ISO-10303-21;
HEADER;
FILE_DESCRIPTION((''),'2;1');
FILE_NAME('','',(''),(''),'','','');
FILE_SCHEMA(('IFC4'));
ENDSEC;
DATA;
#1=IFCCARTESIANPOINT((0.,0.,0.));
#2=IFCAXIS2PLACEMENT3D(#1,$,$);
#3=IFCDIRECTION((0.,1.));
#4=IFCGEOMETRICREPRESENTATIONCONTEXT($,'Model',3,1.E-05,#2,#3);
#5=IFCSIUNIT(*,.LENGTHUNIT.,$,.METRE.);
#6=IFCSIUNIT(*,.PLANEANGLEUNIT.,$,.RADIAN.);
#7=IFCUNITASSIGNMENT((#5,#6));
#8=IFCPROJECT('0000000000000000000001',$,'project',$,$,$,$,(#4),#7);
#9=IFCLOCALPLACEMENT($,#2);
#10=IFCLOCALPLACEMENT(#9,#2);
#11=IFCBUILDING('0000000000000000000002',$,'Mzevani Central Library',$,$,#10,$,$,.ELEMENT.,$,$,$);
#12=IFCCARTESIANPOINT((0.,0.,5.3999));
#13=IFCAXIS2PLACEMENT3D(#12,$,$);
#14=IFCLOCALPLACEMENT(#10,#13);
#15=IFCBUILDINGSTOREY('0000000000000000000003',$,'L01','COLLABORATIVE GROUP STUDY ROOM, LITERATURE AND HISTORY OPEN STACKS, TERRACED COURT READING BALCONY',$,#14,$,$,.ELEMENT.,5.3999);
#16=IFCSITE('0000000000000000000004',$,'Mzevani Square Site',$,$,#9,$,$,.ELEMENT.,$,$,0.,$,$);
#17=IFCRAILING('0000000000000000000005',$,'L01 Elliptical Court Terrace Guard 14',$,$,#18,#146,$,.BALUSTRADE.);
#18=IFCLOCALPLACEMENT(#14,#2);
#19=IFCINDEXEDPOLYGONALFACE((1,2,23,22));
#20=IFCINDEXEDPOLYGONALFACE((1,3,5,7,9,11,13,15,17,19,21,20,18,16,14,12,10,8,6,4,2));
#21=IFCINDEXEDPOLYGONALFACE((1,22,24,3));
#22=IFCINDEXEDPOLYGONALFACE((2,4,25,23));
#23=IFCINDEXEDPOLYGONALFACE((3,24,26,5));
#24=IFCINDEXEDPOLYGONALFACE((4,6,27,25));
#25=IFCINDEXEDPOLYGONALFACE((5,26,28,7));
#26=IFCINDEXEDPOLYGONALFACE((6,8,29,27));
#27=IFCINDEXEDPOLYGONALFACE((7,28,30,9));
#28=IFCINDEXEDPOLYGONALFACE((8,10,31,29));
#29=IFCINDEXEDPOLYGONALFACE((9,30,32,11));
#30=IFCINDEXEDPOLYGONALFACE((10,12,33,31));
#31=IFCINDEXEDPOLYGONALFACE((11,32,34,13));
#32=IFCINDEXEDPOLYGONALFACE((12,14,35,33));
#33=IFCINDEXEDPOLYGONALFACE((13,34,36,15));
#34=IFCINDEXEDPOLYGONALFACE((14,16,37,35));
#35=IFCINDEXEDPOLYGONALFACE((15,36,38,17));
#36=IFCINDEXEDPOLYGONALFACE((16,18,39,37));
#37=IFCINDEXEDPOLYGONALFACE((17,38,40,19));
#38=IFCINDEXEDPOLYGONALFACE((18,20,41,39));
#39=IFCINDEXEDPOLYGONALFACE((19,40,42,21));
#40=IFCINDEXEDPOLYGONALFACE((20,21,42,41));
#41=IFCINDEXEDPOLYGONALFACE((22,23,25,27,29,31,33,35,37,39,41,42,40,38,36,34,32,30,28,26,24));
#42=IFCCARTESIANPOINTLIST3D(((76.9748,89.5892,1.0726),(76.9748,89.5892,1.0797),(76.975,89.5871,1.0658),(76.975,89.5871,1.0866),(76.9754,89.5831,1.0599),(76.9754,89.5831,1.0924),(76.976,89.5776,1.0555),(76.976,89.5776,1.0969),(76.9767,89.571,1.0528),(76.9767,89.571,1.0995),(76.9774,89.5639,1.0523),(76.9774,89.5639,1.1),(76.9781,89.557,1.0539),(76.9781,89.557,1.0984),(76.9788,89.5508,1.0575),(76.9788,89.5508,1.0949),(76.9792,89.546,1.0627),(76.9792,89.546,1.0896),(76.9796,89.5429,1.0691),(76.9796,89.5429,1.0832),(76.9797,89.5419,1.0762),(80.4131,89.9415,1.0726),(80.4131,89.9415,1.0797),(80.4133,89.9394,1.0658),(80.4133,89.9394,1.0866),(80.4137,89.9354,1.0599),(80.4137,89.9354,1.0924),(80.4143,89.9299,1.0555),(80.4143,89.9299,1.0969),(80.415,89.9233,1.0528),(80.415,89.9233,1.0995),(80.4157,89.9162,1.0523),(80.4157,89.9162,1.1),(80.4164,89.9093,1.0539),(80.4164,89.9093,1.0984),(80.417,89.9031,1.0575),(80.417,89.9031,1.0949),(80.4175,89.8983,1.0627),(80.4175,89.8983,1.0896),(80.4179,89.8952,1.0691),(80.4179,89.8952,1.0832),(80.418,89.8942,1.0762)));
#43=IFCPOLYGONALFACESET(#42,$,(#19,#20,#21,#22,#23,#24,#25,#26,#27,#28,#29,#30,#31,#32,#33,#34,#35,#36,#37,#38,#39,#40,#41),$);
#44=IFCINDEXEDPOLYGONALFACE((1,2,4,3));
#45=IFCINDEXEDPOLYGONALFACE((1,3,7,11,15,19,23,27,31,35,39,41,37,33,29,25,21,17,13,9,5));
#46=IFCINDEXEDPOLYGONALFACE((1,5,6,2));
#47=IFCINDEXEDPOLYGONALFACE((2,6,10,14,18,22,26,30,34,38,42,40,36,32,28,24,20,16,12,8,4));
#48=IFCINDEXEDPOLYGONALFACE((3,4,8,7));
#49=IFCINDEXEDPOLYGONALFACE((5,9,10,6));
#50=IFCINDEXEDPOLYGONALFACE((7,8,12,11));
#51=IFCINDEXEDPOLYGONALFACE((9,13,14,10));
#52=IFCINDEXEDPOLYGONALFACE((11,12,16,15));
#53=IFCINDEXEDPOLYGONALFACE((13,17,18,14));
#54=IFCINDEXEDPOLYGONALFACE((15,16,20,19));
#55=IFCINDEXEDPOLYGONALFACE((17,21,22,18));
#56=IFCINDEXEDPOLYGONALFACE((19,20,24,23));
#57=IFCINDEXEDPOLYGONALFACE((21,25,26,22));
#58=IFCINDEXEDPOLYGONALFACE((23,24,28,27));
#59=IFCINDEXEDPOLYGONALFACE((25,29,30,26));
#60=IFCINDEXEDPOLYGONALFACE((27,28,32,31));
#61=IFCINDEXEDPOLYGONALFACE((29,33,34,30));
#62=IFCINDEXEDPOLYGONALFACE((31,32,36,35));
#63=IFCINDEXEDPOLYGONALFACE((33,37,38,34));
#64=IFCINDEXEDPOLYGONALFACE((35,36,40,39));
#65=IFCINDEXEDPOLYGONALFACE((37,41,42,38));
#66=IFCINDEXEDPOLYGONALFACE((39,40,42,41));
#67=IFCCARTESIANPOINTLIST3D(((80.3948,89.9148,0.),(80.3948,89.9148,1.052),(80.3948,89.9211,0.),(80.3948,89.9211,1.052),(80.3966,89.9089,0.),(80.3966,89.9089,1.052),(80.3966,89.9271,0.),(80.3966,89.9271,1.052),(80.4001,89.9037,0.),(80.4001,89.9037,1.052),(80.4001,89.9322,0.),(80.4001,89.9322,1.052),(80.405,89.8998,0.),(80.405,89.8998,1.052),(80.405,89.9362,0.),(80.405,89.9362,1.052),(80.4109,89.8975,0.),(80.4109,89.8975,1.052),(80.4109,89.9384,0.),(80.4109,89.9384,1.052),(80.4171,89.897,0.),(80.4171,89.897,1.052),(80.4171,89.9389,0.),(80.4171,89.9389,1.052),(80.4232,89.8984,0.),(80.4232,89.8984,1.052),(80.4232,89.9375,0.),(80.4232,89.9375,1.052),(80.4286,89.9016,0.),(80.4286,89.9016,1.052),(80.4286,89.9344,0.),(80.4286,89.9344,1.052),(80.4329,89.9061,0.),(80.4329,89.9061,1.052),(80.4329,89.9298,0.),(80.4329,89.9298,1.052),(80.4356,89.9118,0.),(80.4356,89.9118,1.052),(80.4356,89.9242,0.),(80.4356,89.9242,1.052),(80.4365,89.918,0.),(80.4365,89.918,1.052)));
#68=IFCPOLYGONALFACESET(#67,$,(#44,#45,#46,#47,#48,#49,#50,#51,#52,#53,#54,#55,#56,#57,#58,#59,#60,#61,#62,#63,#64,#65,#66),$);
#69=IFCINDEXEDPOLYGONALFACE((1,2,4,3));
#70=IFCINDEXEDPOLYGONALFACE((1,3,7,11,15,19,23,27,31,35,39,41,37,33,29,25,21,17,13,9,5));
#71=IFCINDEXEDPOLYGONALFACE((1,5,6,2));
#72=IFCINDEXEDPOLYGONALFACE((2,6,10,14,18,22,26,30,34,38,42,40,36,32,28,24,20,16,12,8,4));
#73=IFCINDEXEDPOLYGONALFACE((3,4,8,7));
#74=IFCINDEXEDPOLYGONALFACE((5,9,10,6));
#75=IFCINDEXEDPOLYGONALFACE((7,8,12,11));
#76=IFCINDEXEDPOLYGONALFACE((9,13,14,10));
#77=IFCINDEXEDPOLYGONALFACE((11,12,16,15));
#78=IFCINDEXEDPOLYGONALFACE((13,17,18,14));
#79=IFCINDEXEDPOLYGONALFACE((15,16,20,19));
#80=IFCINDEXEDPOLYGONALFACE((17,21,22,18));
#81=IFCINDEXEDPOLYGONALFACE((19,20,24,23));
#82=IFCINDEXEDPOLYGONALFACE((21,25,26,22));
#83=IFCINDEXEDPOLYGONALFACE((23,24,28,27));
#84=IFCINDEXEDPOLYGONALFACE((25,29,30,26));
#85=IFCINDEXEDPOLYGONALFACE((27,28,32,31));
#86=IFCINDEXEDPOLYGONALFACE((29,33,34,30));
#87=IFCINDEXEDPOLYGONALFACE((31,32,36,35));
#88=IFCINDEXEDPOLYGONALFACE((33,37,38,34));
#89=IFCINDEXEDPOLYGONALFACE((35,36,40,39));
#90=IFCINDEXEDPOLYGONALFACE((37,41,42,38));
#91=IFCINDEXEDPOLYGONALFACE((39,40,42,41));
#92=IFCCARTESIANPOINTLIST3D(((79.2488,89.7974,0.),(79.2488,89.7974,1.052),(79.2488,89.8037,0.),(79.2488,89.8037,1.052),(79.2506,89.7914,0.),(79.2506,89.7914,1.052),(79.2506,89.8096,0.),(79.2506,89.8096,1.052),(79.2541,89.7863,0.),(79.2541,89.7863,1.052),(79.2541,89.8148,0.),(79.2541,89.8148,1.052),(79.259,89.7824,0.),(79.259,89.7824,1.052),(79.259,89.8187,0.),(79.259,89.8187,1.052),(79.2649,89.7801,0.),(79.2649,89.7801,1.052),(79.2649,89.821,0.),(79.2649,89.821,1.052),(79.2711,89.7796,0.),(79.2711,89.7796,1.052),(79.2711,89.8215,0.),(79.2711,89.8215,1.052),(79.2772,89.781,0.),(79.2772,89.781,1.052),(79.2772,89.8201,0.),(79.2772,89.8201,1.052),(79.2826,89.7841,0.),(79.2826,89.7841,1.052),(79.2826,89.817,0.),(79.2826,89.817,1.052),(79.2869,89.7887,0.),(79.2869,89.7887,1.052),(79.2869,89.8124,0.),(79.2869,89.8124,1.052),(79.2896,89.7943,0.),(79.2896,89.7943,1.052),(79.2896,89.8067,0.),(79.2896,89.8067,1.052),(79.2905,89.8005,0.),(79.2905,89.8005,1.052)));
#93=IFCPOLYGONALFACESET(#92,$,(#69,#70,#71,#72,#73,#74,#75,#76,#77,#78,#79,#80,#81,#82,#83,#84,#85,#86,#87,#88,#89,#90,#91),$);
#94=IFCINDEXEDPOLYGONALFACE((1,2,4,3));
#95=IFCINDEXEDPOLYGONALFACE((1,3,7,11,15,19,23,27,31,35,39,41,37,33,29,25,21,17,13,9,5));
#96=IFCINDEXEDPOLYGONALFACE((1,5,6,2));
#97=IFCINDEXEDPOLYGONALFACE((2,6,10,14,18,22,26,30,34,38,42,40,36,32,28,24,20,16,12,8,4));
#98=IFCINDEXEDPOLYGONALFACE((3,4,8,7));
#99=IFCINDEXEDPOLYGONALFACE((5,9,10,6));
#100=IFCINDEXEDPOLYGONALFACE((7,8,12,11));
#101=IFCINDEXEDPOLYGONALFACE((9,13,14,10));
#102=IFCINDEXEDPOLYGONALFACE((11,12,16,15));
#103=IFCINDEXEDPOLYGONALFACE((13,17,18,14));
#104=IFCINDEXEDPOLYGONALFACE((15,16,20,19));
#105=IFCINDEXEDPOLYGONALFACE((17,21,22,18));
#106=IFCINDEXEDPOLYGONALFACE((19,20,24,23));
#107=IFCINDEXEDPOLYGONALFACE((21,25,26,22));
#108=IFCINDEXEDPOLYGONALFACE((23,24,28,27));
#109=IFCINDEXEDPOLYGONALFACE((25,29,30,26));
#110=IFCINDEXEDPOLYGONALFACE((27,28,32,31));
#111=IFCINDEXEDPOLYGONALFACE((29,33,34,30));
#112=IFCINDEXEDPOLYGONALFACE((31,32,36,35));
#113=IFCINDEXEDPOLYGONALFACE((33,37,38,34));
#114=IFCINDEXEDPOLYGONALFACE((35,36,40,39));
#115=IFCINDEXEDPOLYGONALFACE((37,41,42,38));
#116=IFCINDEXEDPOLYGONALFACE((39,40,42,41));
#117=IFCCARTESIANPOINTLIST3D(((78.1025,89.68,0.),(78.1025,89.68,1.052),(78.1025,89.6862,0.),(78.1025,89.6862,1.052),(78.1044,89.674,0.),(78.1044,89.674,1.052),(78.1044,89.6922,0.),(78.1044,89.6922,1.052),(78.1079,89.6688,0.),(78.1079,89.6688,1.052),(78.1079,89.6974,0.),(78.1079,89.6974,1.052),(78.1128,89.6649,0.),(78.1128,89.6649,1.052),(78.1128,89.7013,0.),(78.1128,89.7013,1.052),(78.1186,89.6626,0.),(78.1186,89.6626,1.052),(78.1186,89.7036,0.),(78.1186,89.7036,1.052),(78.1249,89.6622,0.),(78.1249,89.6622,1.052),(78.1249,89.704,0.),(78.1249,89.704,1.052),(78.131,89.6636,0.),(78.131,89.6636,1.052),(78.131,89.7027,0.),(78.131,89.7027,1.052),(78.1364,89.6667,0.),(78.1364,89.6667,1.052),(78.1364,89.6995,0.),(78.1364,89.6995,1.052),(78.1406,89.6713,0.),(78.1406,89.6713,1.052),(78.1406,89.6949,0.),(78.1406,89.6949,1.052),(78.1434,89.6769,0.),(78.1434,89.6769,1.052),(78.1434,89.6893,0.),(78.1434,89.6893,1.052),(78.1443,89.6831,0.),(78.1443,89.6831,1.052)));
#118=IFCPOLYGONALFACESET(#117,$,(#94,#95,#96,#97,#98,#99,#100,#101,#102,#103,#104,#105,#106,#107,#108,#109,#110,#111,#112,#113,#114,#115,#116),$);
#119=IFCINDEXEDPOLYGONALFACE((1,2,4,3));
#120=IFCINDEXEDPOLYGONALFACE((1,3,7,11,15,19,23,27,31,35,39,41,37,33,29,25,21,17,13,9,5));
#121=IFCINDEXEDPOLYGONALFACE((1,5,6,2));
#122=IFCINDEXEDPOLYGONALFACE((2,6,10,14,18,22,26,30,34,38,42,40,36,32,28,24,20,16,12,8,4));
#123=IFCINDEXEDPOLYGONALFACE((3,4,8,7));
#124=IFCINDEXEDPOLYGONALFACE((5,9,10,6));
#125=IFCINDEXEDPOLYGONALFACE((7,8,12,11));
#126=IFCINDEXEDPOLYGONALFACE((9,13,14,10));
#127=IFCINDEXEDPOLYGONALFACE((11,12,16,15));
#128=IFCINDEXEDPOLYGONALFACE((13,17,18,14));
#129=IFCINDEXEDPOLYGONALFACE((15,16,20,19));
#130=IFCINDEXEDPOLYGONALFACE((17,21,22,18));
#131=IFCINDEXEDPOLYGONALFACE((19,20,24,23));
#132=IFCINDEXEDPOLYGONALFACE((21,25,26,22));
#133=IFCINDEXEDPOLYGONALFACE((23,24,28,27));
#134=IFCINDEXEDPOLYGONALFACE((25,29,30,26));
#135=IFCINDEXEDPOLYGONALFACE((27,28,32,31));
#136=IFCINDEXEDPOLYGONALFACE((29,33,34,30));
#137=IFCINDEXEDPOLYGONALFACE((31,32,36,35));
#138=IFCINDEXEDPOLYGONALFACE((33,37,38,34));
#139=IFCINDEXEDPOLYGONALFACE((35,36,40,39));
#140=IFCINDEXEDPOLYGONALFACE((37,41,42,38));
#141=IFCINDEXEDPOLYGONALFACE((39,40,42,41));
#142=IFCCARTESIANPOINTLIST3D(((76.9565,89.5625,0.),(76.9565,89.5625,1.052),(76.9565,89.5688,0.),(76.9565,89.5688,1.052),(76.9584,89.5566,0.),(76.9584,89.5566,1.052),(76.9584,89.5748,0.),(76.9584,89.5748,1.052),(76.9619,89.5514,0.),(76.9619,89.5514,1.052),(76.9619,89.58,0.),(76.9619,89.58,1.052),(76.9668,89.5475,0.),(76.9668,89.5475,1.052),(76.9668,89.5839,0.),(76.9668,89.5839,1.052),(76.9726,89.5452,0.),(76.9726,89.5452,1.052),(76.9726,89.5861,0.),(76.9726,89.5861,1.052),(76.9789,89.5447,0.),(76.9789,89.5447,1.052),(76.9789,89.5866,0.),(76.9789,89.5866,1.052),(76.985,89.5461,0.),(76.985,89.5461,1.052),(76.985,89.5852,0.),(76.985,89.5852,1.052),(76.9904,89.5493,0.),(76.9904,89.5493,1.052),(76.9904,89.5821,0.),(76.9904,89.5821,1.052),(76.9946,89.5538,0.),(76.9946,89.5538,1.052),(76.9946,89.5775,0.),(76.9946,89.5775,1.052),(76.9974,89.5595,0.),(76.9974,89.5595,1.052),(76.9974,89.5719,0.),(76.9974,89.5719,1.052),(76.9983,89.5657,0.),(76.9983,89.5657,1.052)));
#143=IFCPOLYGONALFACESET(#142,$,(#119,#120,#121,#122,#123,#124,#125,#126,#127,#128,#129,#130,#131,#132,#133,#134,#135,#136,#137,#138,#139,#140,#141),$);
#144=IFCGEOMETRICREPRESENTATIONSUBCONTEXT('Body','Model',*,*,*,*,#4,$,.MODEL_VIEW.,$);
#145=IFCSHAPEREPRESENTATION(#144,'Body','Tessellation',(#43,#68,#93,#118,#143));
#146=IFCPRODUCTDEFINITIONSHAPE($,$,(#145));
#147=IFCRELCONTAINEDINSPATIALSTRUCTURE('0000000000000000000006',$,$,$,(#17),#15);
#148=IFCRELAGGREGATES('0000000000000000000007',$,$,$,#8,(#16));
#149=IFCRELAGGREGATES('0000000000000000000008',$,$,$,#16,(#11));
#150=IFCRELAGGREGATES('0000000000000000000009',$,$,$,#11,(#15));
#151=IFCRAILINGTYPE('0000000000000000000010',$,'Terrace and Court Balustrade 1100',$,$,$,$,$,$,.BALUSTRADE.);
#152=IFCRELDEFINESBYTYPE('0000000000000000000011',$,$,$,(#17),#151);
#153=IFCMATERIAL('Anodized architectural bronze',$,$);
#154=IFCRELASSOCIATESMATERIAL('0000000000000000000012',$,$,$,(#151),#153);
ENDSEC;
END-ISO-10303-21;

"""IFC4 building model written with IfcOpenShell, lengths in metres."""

from ifc_helpers import new_model, si_unit, direction, frame, origin, origin_2d, place, context, subcontext, project, spatial, circle, extrude, material, type_object, element, save


model = new_model("IFC4")

# Units and contexts
model_context = context("Model", 3, precision=1e-05, world=origin(), true_north=direction((0.0, 1.0)))
body_context = subcontext(model_context, "Body", "Model", "MODEL_VIEW")
ifc_project = project(units=[si_unit("LENGTHUNIT", "METRE"), si_unit("PLANEANGLEUNIT", "RADIAN")], contexts=[model_context])

# Site, building, storey
site_placement = place(None, origin())
site = spatial("IfcSite", under=ifc_project, at=site_placement, Name="Mzevani Square Site", CompositionType="ELEMENT", RefElevation=0.0)
building_placement = place(site_placement, origin())
building = spatial("IfcBuilding", under=site, at=building_placement, Name="Mzevani Central Library", CompositionType="ELEMENT")
storey_placement = place(building_placement, frame((0.0, 0.0, 5.3999)))
storey = spatial("IfcBuildingStorey", under=building, at=storey_placement, Name="L01", Description="COLLABORATIVE GROUP STUDY ROOM, LITERATURE AND HISTORY OPEN STACKS, TERRACED COURT READING BALCONY", CompositionType="ELEMENT", Elevation=5.3999)

# Railing
ifc_material_1 = material(Name="Anodized architectural bronze")
railing_type = type_object("IfcRailingType", Name="Terrace and Court Balustrade 1100", PredefinedType="BALUSTRADE", material=ifc_material_1)
railing_1_placement = place(storey_placement, frame((80.4155, 89.918, 0.0)))
element("IfcRailing", 1, at=railing_1_placement, inside=storey, type_object=railing_type, Name="L01 Elliptical Court Terrace Guard 14", PredefinedType="BALUSTRADE", context=body_context, shape_type="SweptSolid", body=[
    extrude(circle(Radius=0.0239, at=origin_2d()), frame((0.0, 0.0, 1.0762), z_axis=(-0.994792, -0.10193, 0.0), x_axis=(0.10193, -0.994792, 0.0)), (0.0, 0.0, 1.0), 3.4563),
    extrude(circle(Radius=0.021, at=origin_2d()), origin(), (0.0, 0.0, 1.0), 1.052),
    extrude(circle(Radius=0.021, at=origin_2d()), frame((-1.146, -0.1174, 0.0)), (0.0, 0.0, 1.0), 1.052),
    extrude(circle(Radius=0.021, at=origin_2d()), frame((-2.2922, -0.2349, 0.0)), (0.0, 0.0, 1.0), 1.052),
    extrude(circle(Radius=0.021, at=origin_2d()), frame((-3.4382, -0.3523, 0.0)), (0.0, 0.0, 1.0), 1.052),
])

save(model, "model.ifc")
